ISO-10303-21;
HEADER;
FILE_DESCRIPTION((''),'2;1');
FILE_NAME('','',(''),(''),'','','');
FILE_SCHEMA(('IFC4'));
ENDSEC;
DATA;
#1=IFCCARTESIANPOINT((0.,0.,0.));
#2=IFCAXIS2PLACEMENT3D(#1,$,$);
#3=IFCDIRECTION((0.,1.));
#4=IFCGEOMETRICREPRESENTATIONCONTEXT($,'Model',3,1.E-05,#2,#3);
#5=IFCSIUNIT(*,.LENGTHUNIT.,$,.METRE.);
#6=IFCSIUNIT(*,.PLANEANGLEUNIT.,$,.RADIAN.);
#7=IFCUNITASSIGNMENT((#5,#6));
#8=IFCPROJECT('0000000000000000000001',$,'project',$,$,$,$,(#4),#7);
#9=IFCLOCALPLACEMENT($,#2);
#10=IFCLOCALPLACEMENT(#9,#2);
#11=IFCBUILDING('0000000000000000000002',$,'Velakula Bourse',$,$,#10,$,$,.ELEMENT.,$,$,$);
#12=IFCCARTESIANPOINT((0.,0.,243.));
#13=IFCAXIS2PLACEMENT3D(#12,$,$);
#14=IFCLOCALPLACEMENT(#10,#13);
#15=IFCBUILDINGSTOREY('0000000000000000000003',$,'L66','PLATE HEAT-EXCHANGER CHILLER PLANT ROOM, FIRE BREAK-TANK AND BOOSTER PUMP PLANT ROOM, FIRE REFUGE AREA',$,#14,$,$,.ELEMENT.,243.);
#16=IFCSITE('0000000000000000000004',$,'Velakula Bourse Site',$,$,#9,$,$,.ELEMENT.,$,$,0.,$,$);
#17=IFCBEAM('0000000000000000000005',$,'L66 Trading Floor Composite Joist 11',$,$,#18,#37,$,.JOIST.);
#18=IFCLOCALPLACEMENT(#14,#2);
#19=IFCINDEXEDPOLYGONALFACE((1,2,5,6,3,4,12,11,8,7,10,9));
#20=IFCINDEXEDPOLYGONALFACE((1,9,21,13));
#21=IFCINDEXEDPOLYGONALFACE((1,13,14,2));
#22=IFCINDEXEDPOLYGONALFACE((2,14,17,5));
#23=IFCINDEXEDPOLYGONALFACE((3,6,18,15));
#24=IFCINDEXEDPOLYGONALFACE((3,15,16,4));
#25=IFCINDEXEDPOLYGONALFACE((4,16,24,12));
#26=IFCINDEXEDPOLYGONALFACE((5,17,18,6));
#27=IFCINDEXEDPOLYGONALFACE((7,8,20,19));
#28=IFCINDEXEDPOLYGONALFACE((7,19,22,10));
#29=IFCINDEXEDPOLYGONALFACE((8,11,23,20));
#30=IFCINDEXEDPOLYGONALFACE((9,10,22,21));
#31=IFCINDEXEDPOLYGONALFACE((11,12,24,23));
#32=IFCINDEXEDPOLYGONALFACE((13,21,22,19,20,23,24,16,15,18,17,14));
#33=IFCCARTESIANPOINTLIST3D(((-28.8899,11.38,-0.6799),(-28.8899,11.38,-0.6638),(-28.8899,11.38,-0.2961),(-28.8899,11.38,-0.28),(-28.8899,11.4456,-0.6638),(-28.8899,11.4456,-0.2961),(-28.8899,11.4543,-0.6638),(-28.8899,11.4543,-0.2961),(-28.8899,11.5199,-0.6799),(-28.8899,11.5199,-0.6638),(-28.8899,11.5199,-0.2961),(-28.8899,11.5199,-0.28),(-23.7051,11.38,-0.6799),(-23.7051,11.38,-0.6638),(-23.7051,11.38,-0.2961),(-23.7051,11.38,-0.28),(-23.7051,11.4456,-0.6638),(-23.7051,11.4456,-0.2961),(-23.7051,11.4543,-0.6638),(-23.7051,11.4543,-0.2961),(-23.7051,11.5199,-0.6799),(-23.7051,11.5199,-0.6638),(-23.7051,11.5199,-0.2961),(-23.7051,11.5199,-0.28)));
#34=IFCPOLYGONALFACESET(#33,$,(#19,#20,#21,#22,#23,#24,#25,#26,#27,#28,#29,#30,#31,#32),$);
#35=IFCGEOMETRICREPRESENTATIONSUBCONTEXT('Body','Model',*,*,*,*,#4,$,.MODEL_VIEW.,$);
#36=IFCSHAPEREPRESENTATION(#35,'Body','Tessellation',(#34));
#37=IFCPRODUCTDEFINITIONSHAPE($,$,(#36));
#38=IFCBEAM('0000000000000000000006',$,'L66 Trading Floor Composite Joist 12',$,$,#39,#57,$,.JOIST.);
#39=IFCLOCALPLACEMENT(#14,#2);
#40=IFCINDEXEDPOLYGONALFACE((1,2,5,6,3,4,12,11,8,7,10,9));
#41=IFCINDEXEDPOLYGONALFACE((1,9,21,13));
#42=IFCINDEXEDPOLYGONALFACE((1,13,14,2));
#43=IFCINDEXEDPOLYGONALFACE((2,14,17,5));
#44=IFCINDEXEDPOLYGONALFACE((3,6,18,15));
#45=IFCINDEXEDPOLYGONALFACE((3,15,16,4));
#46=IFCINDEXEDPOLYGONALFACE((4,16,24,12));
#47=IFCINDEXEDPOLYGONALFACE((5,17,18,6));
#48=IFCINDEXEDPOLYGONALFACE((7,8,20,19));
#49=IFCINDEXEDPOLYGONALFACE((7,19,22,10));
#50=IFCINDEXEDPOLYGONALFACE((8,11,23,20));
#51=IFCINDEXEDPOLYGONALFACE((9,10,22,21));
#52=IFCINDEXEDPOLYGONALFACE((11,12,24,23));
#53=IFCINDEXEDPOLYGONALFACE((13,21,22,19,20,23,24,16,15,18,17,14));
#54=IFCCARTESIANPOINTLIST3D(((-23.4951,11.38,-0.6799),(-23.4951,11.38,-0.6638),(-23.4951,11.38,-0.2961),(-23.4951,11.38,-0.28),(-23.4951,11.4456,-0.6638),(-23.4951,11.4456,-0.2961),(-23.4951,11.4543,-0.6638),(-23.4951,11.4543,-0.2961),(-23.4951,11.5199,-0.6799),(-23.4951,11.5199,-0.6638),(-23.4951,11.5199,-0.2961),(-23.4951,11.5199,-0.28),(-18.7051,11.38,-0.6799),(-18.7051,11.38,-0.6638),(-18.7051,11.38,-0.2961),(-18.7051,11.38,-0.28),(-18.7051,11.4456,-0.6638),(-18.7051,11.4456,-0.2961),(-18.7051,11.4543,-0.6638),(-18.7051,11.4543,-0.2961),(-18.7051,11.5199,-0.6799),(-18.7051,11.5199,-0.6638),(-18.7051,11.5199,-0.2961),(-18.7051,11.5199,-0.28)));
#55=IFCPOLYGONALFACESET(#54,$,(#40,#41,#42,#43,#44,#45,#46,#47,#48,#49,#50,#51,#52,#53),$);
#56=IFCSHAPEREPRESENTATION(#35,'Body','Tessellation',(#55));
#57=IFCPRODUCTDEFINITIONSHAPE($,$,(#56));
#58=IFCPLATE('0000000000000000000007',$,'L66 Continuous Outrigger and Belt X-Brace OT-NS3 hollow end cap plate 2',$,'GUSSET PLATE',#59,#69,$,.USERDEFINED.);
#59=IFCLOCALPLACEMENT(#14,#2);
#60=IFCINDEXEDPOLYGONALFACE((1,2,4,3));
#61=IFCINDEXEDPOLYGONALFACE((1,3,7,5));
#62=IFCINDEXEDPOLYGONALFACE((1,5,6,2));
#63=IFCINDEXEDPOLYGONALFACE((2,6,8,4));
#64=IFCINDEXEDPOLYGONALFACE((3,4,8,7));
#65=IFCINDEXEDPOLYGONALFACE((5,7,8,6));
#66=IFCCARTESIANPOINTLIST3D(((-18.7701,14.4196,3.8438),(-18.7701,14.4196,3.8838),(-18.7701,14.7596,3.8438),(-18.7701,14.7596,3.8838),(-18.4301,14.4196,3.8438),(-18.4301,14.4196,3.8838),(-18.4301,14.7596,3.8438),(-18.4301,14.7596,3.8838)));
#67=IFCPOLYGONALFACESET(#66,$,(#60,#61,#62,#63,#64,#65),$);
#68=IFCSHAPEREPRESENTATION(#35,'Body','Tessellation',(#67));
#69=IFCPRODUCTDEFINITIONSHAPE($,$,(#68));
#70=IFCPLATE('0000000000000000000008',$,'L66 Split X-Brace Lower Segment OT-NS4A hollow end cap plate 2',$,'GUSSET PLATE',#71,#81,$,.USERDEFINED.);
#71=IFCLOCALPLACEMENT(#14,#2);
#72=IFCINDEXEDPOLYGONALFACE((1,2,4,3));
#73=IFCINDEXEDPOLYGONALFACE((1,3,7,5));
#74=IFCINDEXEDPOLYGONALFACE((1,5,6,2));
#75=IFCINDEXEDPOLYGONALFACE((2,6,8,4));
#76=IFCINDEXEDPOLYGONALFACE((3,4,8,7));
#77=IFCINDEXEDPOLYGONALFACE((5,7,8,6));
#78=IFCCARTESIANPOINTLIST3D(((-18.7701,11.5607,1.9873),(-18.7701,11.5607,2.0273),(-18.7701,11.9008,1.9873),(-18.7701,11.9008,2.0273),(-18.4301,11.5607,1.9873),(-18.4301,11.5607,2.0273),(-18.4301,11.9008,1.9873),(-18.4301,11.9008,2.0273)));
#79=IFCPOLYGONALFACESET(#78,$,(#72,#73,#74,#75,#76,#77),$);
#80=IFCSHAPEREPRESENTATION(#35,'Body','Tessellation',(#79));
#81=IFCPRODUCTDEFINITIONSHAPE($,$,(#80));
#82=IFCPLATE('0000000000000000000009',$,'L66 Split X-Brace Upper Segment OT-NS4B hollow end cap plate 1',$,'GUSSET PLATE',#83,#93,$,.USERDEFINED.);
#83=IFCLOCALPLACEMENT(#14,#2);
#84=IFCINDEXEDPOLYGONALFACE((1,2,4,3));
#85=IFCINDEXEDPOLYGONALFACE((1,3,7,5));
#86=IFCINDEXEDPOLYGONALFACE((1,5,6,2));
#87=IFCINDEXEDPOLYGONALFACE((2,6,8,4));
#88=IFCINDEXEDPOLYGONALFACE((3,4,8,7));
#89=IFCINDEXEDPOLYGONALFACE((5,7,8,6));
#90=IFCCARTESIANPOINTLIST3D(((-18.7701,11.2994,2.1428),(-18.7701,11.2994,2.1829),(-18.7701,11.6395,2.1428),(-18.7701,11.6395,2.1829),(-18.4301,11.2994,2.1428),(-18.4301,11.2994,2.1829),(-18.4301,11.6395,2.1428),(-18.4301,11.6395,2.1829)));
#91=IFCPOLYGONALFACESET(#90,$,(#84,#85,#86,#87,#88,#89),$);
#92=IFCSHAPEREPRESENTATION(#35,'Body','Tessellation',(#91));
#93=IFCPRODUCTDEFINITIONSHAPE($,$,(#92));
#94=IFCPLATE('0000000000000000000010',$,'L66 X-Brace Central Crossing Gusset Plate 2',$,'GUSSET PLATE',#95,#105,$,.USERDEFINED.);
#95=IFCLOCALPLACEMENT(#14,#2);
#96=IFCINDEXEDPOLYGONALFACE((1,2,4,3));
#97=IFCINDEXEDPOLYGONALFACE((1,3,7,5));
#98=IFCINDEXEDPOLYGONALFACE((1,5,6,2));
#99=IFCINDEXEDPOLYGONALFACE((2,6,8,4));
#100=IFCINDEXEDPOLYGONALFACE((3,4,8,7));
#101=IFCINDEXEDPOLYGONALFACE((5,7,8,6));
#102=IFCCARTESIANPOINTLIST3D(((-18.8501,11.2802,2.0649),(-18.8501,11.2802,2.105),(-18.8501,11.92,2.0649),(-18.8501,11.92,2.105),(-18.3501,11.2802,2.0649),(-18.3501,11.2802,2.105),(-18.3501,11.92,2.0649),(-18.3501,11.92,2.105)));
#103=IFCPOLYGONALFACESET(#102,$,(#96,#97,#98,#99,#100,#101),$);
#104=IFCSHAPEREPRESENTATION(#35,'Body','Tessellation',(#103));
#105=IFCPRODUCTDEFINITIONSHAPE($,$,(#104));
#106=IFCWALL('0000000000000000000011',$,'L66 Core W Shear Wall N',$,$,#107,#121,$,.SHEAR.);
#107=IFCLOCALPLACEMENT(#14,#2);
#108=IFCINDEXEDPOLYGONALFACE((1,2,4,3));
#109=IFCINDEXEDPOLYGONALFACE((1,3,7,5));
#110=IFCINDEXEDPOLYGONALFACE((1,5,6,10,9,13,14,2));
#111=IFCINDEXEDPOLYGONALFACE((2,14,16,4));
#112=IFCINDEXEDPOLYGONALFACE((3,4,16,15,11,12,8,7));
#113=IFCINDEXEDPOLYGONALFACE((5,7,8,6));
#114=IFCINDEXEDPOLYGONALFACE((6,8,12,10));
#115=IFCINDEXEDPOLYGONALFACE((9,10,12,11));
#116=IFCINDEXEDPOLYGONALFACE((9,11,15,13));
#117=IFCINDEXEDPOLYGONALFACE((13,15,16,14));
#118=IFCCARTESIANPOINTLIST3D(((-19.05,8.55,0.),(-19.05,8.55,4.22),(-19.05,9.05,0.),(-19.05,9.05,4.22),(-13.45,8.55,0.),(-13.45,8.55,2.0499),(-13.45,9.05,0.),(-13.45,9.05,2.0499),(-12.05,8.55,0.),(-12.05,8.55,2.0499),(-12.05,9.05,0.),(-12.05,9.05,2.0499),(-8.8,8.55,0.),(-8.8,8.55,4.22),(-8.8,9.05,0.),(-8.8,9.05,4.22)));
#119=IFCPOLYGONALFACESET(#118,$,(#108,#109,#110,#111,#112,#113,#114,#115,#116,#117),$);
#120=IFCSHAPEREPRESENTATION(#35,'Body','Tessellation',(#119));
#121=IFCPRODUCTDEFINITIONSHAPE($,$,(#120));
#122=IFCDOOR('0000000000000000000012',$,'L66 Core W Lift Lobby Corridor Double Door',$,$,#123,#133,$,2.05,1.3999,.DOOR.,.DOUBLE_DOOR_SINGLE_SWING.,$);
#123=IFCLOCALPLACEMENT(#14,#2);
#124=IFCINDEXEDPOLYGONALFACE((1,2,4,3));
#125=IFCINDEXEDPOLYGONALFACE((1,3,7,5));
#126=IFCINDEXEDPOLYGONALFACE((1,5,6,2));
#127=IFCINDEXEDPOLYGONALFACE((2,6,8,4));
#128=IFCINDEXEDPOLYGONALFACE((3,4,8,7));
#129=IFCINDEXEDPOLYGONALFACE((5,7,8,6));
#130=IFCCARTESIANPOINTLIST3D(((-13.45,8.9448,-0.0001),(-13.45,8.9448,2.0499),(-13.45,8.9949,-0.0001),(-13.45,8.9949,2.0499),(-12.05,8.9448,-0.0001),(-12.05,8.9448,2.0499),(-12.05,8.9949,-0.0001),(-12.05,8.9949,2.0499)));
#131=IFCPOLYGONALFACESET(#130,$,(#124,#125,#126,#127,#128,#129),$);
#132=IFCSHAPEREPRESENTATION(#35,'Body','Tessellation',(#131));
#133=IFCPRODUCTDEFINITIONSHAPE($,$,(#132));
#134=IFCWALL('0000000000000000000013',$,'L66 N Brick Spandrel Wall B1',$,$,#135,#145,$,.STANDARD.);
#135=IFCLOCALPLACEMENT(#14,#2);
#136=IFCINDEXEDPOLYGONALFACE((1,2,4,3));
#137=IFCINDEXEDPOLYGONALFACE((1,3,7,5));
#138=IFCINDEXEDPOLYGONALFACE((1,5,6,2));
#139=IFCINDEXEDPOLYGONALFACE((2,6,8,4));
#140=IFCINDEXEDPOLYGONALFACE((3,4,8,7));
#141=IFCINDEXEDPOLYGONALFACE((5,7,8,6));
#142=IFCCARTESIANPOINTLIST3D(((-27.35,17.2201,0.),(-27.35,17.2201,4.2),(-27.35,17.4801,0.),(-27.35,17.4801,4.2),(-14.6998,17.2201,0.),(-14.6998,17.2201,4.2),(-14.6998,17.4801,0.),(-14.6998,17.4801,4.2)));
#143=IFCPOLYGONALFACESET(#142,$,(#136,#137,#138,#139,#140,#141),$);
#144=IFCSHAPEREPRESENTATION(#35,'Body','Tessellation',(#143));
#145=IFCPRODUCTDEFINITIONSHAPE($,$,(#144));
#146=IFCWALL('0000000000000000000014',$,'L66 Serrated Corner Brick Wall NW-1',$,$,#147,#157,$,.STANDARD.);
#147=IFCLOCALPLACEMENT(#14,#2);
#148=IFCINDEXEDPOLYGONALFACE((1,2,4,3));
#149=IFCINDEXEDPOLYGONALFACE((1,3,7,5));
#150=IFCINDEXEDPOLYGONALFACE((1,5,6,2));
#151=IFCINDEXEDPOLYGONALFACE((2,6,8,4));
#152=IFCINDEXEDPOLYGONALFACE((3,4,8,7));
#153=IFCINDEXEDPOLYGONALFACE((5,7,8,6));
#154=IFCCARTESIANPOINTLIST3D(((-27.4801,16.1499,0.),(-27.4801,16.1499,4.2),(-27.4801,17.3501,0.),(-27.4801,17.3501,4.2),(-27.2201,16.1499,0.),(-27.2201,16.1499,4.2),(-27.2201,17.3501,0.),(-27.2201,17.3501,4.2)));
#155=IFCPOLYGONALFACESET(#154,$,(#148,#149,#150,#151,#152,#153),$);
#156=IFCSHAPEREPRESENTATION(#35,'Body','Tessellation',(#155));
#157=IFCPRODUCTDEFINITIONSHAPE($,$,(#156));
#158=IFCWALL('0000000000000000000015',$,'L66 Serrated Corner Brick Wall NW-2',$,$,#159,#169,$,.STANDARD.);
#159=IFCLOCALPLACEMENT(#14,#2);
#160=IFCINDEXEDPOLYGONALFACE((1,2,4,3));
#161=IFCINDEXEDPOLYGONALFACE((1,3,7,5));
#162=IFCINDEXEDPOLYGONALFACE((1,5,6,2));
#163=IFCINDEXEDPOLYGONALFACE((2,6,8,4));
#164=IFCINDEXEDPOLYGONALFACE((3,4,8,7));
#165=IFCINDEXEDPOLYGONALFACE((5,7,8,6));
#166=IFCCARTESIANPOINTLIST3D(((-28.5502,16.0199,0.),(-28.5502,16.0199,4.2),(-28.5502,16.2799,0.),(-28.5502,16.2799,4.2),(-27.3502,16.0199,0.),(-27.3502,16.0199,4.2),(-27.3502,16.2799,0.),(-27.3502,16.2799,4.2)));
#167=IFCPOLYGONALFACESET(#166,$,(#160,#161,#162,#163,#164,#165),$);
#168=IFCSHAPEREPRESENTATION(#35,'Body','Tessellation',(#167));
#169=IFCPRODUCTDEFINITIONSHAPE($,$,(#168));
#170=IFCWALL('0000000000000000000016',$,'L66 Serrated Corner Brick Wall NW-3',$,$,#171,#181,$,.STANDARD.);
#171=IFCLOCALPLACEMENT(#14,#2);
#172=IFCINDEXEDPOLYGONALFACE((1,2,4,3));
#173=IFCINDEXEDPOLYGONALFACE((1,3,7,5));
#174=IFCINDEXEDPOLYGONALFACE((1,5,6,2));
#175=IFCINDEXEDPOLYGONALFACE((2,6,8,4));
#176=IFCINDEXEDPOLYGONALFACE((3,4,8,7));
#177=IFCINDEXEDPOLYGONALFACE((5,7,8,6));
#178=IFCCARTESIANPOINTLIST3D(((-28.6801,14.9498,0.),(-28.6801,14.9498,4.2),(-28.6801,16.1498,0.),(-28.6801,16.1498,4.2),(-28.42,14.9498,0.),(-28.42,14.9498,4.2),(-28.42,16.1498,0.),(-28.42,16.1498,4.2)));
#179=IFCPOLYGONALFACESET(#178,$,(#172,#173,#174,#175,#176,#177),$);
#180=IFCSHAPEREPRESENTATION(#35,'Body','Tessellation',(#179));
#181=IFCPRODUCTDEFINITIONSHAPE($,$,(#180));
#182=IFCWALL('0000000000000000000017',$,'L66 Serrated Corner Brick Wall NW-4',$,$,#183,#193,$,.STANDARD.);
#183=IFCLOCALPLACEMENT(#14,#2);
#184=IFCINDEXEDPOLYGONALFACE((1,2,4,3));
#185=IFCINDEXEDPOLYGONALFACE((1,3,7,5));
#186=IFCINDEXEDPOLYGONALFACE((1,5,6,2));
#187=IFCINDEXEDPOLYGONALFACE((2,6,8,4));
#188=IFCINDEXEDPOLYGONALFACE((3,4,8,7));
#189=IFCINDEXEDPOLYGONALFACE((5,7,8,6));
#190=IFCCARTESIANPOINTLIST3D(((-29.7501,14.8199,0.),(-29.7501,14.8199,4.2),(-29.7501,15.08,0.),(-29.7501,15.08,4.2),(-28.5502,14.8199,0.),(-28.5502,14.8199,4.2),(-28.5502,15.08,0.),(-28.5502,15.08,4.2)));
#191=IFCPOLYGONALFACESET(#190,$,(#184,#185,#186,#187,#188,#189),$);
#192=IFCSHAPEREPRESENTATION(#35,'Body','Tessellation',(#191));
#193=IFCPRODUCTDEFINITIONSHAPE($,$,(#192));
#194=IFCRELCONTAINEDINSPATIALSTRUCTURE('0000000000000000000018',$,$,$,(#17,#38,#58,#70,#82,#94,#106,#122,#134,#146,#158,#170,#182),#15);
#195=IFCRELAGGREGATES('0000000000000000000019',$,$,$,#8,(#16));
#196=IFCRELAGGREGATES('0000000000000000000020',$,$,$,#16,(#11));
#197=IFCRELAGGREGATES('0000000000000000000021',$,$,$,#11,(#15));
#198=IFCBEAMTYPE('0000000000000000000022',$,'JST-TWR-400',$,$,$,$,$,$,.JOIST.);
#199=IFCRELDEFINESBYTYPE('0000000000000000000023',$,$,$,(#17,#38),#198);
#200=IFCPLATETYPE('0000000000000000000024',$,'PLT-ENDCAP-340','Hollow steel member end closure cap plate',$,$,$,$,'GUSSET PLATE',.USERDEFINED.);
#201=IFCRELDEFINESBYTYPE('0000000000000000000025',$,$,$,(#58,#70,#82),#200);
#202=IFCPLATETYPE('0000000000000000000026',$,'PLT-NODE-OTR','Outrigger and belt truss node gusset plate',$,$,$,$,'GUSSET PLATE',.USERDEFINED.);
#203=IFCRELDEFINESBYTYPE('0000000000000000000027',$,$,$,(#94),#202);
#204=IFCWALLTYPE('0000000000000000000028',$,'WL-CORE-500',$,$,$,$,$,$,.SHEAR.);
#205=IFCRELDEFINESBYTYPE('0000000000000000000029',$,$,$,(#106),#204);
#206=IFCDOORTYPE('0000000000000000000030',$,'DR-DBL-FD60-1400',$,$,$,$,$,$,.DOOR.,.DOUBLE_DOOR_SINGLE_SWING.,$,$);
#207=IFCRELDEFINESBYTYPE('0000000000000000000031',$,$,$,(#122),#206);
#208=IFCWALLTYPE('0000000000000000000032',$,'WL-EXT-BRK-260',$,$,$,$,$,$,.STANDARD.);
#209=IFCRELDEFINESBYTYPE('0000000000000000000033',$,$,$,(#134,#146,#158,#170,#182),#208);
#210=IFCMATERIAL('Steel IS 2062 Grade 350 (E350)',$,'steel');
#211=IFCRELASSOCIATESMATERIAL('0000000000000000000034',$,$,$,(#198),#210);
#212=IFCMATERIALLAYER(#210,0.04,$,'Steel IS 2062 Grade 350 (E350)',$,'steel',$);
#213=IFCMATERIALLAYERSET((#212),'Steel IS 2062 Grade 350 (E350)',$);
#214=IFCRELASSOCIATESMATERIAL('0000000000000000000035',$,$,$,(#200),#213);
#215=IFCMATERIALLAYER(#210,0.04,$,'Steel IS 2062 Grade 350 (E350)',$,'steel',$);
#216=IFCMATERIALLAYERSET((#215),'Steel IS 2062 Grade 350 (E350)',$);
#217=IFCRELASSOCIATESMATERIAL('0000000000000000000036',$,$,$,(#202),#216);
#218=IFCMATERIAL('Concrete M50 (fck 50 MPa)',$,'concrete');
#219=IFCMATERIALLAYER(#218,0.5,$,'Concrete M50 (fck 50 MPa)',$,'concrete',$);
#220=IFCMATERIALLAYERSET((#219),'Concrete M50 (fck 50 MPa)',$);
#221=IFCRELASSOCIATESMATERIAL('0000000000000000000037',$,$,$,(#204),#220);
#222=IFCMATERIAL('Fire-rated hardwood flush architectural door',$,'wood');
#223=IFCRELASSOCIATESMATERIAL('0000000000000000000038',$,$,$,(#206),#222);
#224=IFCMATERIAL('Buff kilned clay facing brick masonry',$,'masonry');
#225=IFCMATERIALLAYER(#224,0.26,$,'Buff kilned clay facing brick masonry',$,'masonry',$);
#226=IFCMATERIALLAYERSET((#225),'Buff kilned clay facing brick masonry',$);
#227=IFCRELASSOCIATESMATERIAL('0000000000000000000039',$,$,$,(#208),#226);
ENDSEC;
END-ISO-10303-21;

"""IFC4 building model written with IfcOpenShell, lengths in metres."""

from ifc_helpers import new_model, si_unit, direction, frame, frame_2d, origin, origin_2d, place, context, subcontext, project, spatial, rectangle, i_section, extrude, material, layer, layer_set, material_profile, profile_set, type_object, element, fill, save


model = new_model("IFC4")

# Units and contexts
model_context = context("Model", 3, precision=1e-05, world=origin(), true_north=direction((0.0, 1.0)))
body_context = subcontext(model_context, "Body", "Model", "MODEL_VIEW")
ifc_project = project(units=[si_unit("LENGTHUNIT", "METRE"), si_unit("PLANEANGLEUNIT", "RADIAN")], contexts=[model_context])

# Site, building, storey
site_placement = place(None, origin())
site = spatial("IfcSite", under=ifc_project, at=site_placement, Name="Velakula Bourse Site", CompositionType="ELEMENT", RefElevation=0.0)
building_placement = place(site_placement, origin())
building = spatial("IfcBuilding", under=site, at=building_placement, Name="Velakula Bourse", CompositionType="ELEMENT")
storey_placement = place(building_placement, frame((0.0, 0.0, 243.0)))
storey = spatial("IfcBuildingStorey", under=building, at=storey_placement, Name="L66", Description="PLATE HEAT-EXCHANGER CHILLER PLANT ROOM, FIRE BREAK-TANK AND BOOSTER PUMP PLANT ROOM, FIRE REFUGE AREA", CompositionType="ELEMENT", Elevation=243.0)

# Shared definitions
ifc_material_1 = material(Name="Steel IS 2062 Grade 350 (E350)", Category="steel")

# Beams
ifc_material_profile_1 = material_profile(ifc_material_1, i_section(OverallWidth=0.1399, OverallDepth=0.3999, WebThickness=0.0088, FlangeThickness=0.0161, at=origin_2d()), Name="Steel IS 2062 Grade 350 (E350)")
ifc_profile_set_1 = profile_set([ifc_material_profile_1], Name="Steel IS 2062 Grade 350 (E350)")
beam_type_1 = type_object("IfcBeamType", Name="JST-TWR-400", PredefinedType="JOIST", material=ifc_profile_set_1)
beam_1_placement = place(storey_placement, frame((-28.8899, 11.45, -0.48), z_axis=(1.0, 0.0, 0.0), x_axis=(0.0, 1.0, 0.0)))
element("IfcBeam", 1, at=beam_1_placement, inside=storey, type_object=beam_type_1, Name="L66 Trading Floor Composite Joist 11", PredefinedType="JOIST", context=body_context, shape_type="SweptSolid", body=[
    extrude(i_section(OverallWidth=0.1399, OverallDepth=0.3999, WebThickness=0.0088, FlangeThickness=0.0161, at=origin_2d()), origin(), (0.0, 0.0, 1.0), 5.1848),
])
beam_2_placement = place(storey_placement, frame((-23.4951, 11.45, -0.48), z_axis=(1.0, 0.0, 0.0), x_axis=(0.0, 1.0, 0.0)))
element("IfcBeam", 2, at=beam_2_placement, inside=storey, type_object=beam_type_1, Name="L66 Trading Floor Composite Joist 12", PredefinedType="JOIST", context=body_context, shape_type="SweptSolid", body=[
    extrude(i_section(OverallWidth=0.1399, OverallDepth=0.3999, WebThickness=0.0088, FlangeThickness=0.0161, at=origin_2d()), origin(), (0.0, 0.0, 1.0), 4.79),
])

# Plates
ifc_layer_1 = layer(ifc_material_1, 0.04, Name="Steel IS 2062 Grade 350 (E350)", Category="steel")
ifc_layer_set_1 = layer_set([ifc_layer_1], Name="Steel IS 2062 Grade 350 (E350)")
plate_type_1 = type_object("IfcPlateType", Name="PLT-ENDCAP-340", Description="Hollow steel member end closure cap plate", ElementType="GUSSET PLATE", PredefinedType="USERDEFINED", material=ifc_layer_set_1)
for number, where, z_axis, x_axis, name in (
    (3, (-18.6001, 14.5896, 3.8438), (0.0, 0.0, 1.0), (0.0, 1.0, 0.0), "L66 Continuous Outrigger and Belt X-Brace OT-NS3 hollow end cap plate 2"),
    (4, (-18.6001, 11.7307, 1.9873), (0.0, 0.0, 1.0), (0.0, -1.0, 0.0), "L66 Split X-Brace Lower Segment OT-NS4A hollow end cap plate 2"),
    (5, (-18.6001, 11.4695, 2.1428), (0.0, 0.0, 1.0), (0.0, -1.0, 0.0), "L66 Split X-Brace Upper Segment OT-NS4B hollow end cap plate 1"),
):
    element("IfcPlate", number, at=place(storey_placement, frame(where, z_axis=z_axis, x_axis=x_axis)), inside=storey, type_object=plate_type_1, Name=name, ObjectType="GUSSET PLATE", PredefinedType="USERDEFINED", context=body_context, shape_type="SweptSolid", body=[
        extrude(rectangle(XDim=0.3401, YDim=0.3401, at=origin_2d()), origin(), (0.0, 0.0, 1.0), 0.04),
    ])
ifc_layer_2 = layer(ifc_material_1, 0.04, Name="Steel IS 2062 Grade 350 (E350)", Category="steel")
ifc_layer_set_2 = layer_set([ifc_layer_2], Name="Steel IS 2062 Grade 350 (E350)")
plate_type_2 = type_object("IfcPlateType", Name="PLT-NODE-OTR", Description="Outrigger and belt truss node gusset plate", ElementType="GUSSET PLATE", PredefinedType="USERDEFINED", material=ifc_layer_set_2)
plate_placement = place(storey_placement, frame((-18.6001, 11.6001, 2.0649), z_axis=(0.0, 0.0, 1.0), x_axis=(0.0, 1.0, 0.0)))
element("IfcPlate", 6, at=plate_placement, inside=storey, type_object=plate_type_2, Name="L66 X-Brace Central Crossing Gusset Plate 2", ObjectType="GUSSET PLATE", PredefinedType="USERDEFINED", context=body_context, shape_type="SweptSolid", body=[
    extrude(rectangle(XDim=0.6399, YDim=0.5, at=origin_2d()), origin(), (0.0, 0.0, 1.0), 0.04),
])

# Wall, opening, door
ifc_material_2 = material(Name="Concrete M50 (fck 50 MPa)", Category="concrete")
ifc_layer_3 = layer(ifc_material_2, 0.5, Name="Concrete M50 (fck 50 MPa)", Category="concrete")
ifc_layer_set_3 = layer_set([ifc_layer_3], Name="Concrete M50 (fck 50 MPa)")
wall_type_1 = type_object("IfcWallType", Name="WL-CORE-500", PredefinedType="SHEAR", material=ifc_layer_set_3)
wall_1_placement = place(storey_placement, frame((-19.05, 8.8, 0.0), z_axis=(0.0, 0.0, 1.0), x_axis=(1.0, 0.0, 0.0)))
wall_1 = element("IfcWall", 7, at=wall_1_placement, inside=storey, type_object=wall_type_1, Name="L66 Core W Shear Wall N", PredefinedType="SHEAR", context=body_context, shape_type="SweptSolid", body=[
    extrude(rectangle(XDim=10.25, YDim=0.5, at=frame_2d((5.125, 0.0))), origin(), (0.0, 0.0, 1.0), 4.22),
])
opening_1_placement = place(wall_1_placement, frame((5.6001, 0.0, 0.0)))
opening_1 = element("IfcOpeningElement", 8, at=opening_1_placement, cuts=wall_1, PredefinedType="OPENING", context=body_context, shape_type="SweptSolid", body=[
    extrude(rectangle(XDim=1.3999, YDim=2.05, at=frame_2d((0.7, 1.0249))), frame((0.0, 0.26, 0.0), z_axis=(0.0, -1.0, 0.0), x_axis=(1.0, 0.0, 0.0)), (0.0, 0.0, 1.0), 0.52),
])
ifc_material_3 = material(Name="Fire-rated hardwood flush architectural door", Category="wood")
door_type_1 = type_object("IfcDoorType", Name="DR-DBL-FD60-1400", OperationType="DOUBLE_DOOR_SINGLE_SWING", PredefinedType="DOOR", material=ifc_material_3)
door_1_placement = place(opening_1_placement, origin())
door_1 = element("IfcDoor", 9, at=door_1_placement, inside=storey, type_object=door_type_1, Name="L66 Core W Lift Lobby Corridor Double Door", OperationType="DOUBLE_DOOR_SINGLE_SWING", OverallHeight=2.05, OverallWidth=1.3999, PredefinedType="DOOR", context=body_context, shape_type="SweptSolid", body=[
    extrude(rectangle(XDim=1.3999, YDim=2.05, at=frame_2d((0.7, 1.0249))), frame((0.0, 0.1948, 0.0), z_axis=(0.0, -1.0, 0.0), x_axis=(1.0, 0.0, 0.0)), (0.0, 0.0, 1.0), 0.05),
])
fill(opening_1, door_1)

# Walls
ifc_material_4 = material(Name="Buff kilned clay facing brick masonry", Category="masonry")
ifc_layer_4 = layer(ifc_material_4, 0.26, Name="Buff kilned clay facing brick masonry", Category="masonry")
ifc_layer_set_4 = layer_set([ifc_layer_4], Name="Buff kilned clay facing brick masonry")
wall_type_2 = type_object("IfcWallType", Name="WL-EXT-BRK-260", PredefinedType="STANDARD", material=ifc_layer_set_4)
wall_2_placement = place(storey_placement, frame((-27.3501, 17.3501, 0.0), z_axis=(0.0, 0.0, 1.0), x_axis=(1.0, 0.0, 0.0)))
element("IfcWall", 10, at=wall_2_placement, inside=storey, type_object=wall_type_2, Name="L66 N Brick Spandrel Wall B1", PredefinedType="STANDARD", context=body_context, shape_type="SweptSolid", body=[
    extrude(rectangle(XDim=12.6501, YDim=0.26, at=frame_2d((6.3252, 0.0))), origin(), (0.0, 0.0, 1.0), 4.2),
])
wall_3_placement = place(storey_placement, frame((-27.3501, 17.3501, 0.0), z_axis=(0.0, 0.0, 1.0), x_axis=(0.0, -1.0, 0.0)))
element("IfcWall", 11, at=wall_3_placement, inside=storey, type_object=wall_type_2, Name="L66 Serrated Corner Brick Wall NW-1", PredefinedType="STANDARD", context=body_context, shape_type="SweptSolid", body=[
    extrude(rectangle(XDim=1.2002, YDim=0.26, at=frame_2d((0.6001, 0.0))), origin(), (0.0, 0.0, 1.0), 4.2),
])
for number, where, z_axis, x_axis, name in (
    (12, (-27.3501, 16.1499, 0.0), (0.0, 0.0, 1.0), (-1.0, 0.0, 0.0), "L66 Serrated Corner Brick Wall NW-2"),
    (13, (-28.55, 16.1499, 0.0), (0.0, 0.0, 1.0), (0.0, -1.0, 0.0), "L66 Serrated Corner Brick Wall NW-3"),
    (14, (-28.55, 14.95, 0.0), (0.0, 0.0, 1.0), (-1.0, 0.0, 0.0), "L66 Serrated Corner Brick Wall NW-4"),
):
    element("IfcWall", number, at=place(storey_placement, frame(where, z_axis=z_axis, x_axis=x_axis)), inside=storey, type_object=wall_type_2, Name=name, PredefinedType="STANDARD", context=body_context, shape_type="SweptSolid", body=[
        extrude(rectangle(XDim=1.2, YDim=0.26, at=frame_2d((0.6001, 0.0))), origin(), (0.0, 0.0, 1.0), 4.2),
    ])

save(model, "model.ifc")
